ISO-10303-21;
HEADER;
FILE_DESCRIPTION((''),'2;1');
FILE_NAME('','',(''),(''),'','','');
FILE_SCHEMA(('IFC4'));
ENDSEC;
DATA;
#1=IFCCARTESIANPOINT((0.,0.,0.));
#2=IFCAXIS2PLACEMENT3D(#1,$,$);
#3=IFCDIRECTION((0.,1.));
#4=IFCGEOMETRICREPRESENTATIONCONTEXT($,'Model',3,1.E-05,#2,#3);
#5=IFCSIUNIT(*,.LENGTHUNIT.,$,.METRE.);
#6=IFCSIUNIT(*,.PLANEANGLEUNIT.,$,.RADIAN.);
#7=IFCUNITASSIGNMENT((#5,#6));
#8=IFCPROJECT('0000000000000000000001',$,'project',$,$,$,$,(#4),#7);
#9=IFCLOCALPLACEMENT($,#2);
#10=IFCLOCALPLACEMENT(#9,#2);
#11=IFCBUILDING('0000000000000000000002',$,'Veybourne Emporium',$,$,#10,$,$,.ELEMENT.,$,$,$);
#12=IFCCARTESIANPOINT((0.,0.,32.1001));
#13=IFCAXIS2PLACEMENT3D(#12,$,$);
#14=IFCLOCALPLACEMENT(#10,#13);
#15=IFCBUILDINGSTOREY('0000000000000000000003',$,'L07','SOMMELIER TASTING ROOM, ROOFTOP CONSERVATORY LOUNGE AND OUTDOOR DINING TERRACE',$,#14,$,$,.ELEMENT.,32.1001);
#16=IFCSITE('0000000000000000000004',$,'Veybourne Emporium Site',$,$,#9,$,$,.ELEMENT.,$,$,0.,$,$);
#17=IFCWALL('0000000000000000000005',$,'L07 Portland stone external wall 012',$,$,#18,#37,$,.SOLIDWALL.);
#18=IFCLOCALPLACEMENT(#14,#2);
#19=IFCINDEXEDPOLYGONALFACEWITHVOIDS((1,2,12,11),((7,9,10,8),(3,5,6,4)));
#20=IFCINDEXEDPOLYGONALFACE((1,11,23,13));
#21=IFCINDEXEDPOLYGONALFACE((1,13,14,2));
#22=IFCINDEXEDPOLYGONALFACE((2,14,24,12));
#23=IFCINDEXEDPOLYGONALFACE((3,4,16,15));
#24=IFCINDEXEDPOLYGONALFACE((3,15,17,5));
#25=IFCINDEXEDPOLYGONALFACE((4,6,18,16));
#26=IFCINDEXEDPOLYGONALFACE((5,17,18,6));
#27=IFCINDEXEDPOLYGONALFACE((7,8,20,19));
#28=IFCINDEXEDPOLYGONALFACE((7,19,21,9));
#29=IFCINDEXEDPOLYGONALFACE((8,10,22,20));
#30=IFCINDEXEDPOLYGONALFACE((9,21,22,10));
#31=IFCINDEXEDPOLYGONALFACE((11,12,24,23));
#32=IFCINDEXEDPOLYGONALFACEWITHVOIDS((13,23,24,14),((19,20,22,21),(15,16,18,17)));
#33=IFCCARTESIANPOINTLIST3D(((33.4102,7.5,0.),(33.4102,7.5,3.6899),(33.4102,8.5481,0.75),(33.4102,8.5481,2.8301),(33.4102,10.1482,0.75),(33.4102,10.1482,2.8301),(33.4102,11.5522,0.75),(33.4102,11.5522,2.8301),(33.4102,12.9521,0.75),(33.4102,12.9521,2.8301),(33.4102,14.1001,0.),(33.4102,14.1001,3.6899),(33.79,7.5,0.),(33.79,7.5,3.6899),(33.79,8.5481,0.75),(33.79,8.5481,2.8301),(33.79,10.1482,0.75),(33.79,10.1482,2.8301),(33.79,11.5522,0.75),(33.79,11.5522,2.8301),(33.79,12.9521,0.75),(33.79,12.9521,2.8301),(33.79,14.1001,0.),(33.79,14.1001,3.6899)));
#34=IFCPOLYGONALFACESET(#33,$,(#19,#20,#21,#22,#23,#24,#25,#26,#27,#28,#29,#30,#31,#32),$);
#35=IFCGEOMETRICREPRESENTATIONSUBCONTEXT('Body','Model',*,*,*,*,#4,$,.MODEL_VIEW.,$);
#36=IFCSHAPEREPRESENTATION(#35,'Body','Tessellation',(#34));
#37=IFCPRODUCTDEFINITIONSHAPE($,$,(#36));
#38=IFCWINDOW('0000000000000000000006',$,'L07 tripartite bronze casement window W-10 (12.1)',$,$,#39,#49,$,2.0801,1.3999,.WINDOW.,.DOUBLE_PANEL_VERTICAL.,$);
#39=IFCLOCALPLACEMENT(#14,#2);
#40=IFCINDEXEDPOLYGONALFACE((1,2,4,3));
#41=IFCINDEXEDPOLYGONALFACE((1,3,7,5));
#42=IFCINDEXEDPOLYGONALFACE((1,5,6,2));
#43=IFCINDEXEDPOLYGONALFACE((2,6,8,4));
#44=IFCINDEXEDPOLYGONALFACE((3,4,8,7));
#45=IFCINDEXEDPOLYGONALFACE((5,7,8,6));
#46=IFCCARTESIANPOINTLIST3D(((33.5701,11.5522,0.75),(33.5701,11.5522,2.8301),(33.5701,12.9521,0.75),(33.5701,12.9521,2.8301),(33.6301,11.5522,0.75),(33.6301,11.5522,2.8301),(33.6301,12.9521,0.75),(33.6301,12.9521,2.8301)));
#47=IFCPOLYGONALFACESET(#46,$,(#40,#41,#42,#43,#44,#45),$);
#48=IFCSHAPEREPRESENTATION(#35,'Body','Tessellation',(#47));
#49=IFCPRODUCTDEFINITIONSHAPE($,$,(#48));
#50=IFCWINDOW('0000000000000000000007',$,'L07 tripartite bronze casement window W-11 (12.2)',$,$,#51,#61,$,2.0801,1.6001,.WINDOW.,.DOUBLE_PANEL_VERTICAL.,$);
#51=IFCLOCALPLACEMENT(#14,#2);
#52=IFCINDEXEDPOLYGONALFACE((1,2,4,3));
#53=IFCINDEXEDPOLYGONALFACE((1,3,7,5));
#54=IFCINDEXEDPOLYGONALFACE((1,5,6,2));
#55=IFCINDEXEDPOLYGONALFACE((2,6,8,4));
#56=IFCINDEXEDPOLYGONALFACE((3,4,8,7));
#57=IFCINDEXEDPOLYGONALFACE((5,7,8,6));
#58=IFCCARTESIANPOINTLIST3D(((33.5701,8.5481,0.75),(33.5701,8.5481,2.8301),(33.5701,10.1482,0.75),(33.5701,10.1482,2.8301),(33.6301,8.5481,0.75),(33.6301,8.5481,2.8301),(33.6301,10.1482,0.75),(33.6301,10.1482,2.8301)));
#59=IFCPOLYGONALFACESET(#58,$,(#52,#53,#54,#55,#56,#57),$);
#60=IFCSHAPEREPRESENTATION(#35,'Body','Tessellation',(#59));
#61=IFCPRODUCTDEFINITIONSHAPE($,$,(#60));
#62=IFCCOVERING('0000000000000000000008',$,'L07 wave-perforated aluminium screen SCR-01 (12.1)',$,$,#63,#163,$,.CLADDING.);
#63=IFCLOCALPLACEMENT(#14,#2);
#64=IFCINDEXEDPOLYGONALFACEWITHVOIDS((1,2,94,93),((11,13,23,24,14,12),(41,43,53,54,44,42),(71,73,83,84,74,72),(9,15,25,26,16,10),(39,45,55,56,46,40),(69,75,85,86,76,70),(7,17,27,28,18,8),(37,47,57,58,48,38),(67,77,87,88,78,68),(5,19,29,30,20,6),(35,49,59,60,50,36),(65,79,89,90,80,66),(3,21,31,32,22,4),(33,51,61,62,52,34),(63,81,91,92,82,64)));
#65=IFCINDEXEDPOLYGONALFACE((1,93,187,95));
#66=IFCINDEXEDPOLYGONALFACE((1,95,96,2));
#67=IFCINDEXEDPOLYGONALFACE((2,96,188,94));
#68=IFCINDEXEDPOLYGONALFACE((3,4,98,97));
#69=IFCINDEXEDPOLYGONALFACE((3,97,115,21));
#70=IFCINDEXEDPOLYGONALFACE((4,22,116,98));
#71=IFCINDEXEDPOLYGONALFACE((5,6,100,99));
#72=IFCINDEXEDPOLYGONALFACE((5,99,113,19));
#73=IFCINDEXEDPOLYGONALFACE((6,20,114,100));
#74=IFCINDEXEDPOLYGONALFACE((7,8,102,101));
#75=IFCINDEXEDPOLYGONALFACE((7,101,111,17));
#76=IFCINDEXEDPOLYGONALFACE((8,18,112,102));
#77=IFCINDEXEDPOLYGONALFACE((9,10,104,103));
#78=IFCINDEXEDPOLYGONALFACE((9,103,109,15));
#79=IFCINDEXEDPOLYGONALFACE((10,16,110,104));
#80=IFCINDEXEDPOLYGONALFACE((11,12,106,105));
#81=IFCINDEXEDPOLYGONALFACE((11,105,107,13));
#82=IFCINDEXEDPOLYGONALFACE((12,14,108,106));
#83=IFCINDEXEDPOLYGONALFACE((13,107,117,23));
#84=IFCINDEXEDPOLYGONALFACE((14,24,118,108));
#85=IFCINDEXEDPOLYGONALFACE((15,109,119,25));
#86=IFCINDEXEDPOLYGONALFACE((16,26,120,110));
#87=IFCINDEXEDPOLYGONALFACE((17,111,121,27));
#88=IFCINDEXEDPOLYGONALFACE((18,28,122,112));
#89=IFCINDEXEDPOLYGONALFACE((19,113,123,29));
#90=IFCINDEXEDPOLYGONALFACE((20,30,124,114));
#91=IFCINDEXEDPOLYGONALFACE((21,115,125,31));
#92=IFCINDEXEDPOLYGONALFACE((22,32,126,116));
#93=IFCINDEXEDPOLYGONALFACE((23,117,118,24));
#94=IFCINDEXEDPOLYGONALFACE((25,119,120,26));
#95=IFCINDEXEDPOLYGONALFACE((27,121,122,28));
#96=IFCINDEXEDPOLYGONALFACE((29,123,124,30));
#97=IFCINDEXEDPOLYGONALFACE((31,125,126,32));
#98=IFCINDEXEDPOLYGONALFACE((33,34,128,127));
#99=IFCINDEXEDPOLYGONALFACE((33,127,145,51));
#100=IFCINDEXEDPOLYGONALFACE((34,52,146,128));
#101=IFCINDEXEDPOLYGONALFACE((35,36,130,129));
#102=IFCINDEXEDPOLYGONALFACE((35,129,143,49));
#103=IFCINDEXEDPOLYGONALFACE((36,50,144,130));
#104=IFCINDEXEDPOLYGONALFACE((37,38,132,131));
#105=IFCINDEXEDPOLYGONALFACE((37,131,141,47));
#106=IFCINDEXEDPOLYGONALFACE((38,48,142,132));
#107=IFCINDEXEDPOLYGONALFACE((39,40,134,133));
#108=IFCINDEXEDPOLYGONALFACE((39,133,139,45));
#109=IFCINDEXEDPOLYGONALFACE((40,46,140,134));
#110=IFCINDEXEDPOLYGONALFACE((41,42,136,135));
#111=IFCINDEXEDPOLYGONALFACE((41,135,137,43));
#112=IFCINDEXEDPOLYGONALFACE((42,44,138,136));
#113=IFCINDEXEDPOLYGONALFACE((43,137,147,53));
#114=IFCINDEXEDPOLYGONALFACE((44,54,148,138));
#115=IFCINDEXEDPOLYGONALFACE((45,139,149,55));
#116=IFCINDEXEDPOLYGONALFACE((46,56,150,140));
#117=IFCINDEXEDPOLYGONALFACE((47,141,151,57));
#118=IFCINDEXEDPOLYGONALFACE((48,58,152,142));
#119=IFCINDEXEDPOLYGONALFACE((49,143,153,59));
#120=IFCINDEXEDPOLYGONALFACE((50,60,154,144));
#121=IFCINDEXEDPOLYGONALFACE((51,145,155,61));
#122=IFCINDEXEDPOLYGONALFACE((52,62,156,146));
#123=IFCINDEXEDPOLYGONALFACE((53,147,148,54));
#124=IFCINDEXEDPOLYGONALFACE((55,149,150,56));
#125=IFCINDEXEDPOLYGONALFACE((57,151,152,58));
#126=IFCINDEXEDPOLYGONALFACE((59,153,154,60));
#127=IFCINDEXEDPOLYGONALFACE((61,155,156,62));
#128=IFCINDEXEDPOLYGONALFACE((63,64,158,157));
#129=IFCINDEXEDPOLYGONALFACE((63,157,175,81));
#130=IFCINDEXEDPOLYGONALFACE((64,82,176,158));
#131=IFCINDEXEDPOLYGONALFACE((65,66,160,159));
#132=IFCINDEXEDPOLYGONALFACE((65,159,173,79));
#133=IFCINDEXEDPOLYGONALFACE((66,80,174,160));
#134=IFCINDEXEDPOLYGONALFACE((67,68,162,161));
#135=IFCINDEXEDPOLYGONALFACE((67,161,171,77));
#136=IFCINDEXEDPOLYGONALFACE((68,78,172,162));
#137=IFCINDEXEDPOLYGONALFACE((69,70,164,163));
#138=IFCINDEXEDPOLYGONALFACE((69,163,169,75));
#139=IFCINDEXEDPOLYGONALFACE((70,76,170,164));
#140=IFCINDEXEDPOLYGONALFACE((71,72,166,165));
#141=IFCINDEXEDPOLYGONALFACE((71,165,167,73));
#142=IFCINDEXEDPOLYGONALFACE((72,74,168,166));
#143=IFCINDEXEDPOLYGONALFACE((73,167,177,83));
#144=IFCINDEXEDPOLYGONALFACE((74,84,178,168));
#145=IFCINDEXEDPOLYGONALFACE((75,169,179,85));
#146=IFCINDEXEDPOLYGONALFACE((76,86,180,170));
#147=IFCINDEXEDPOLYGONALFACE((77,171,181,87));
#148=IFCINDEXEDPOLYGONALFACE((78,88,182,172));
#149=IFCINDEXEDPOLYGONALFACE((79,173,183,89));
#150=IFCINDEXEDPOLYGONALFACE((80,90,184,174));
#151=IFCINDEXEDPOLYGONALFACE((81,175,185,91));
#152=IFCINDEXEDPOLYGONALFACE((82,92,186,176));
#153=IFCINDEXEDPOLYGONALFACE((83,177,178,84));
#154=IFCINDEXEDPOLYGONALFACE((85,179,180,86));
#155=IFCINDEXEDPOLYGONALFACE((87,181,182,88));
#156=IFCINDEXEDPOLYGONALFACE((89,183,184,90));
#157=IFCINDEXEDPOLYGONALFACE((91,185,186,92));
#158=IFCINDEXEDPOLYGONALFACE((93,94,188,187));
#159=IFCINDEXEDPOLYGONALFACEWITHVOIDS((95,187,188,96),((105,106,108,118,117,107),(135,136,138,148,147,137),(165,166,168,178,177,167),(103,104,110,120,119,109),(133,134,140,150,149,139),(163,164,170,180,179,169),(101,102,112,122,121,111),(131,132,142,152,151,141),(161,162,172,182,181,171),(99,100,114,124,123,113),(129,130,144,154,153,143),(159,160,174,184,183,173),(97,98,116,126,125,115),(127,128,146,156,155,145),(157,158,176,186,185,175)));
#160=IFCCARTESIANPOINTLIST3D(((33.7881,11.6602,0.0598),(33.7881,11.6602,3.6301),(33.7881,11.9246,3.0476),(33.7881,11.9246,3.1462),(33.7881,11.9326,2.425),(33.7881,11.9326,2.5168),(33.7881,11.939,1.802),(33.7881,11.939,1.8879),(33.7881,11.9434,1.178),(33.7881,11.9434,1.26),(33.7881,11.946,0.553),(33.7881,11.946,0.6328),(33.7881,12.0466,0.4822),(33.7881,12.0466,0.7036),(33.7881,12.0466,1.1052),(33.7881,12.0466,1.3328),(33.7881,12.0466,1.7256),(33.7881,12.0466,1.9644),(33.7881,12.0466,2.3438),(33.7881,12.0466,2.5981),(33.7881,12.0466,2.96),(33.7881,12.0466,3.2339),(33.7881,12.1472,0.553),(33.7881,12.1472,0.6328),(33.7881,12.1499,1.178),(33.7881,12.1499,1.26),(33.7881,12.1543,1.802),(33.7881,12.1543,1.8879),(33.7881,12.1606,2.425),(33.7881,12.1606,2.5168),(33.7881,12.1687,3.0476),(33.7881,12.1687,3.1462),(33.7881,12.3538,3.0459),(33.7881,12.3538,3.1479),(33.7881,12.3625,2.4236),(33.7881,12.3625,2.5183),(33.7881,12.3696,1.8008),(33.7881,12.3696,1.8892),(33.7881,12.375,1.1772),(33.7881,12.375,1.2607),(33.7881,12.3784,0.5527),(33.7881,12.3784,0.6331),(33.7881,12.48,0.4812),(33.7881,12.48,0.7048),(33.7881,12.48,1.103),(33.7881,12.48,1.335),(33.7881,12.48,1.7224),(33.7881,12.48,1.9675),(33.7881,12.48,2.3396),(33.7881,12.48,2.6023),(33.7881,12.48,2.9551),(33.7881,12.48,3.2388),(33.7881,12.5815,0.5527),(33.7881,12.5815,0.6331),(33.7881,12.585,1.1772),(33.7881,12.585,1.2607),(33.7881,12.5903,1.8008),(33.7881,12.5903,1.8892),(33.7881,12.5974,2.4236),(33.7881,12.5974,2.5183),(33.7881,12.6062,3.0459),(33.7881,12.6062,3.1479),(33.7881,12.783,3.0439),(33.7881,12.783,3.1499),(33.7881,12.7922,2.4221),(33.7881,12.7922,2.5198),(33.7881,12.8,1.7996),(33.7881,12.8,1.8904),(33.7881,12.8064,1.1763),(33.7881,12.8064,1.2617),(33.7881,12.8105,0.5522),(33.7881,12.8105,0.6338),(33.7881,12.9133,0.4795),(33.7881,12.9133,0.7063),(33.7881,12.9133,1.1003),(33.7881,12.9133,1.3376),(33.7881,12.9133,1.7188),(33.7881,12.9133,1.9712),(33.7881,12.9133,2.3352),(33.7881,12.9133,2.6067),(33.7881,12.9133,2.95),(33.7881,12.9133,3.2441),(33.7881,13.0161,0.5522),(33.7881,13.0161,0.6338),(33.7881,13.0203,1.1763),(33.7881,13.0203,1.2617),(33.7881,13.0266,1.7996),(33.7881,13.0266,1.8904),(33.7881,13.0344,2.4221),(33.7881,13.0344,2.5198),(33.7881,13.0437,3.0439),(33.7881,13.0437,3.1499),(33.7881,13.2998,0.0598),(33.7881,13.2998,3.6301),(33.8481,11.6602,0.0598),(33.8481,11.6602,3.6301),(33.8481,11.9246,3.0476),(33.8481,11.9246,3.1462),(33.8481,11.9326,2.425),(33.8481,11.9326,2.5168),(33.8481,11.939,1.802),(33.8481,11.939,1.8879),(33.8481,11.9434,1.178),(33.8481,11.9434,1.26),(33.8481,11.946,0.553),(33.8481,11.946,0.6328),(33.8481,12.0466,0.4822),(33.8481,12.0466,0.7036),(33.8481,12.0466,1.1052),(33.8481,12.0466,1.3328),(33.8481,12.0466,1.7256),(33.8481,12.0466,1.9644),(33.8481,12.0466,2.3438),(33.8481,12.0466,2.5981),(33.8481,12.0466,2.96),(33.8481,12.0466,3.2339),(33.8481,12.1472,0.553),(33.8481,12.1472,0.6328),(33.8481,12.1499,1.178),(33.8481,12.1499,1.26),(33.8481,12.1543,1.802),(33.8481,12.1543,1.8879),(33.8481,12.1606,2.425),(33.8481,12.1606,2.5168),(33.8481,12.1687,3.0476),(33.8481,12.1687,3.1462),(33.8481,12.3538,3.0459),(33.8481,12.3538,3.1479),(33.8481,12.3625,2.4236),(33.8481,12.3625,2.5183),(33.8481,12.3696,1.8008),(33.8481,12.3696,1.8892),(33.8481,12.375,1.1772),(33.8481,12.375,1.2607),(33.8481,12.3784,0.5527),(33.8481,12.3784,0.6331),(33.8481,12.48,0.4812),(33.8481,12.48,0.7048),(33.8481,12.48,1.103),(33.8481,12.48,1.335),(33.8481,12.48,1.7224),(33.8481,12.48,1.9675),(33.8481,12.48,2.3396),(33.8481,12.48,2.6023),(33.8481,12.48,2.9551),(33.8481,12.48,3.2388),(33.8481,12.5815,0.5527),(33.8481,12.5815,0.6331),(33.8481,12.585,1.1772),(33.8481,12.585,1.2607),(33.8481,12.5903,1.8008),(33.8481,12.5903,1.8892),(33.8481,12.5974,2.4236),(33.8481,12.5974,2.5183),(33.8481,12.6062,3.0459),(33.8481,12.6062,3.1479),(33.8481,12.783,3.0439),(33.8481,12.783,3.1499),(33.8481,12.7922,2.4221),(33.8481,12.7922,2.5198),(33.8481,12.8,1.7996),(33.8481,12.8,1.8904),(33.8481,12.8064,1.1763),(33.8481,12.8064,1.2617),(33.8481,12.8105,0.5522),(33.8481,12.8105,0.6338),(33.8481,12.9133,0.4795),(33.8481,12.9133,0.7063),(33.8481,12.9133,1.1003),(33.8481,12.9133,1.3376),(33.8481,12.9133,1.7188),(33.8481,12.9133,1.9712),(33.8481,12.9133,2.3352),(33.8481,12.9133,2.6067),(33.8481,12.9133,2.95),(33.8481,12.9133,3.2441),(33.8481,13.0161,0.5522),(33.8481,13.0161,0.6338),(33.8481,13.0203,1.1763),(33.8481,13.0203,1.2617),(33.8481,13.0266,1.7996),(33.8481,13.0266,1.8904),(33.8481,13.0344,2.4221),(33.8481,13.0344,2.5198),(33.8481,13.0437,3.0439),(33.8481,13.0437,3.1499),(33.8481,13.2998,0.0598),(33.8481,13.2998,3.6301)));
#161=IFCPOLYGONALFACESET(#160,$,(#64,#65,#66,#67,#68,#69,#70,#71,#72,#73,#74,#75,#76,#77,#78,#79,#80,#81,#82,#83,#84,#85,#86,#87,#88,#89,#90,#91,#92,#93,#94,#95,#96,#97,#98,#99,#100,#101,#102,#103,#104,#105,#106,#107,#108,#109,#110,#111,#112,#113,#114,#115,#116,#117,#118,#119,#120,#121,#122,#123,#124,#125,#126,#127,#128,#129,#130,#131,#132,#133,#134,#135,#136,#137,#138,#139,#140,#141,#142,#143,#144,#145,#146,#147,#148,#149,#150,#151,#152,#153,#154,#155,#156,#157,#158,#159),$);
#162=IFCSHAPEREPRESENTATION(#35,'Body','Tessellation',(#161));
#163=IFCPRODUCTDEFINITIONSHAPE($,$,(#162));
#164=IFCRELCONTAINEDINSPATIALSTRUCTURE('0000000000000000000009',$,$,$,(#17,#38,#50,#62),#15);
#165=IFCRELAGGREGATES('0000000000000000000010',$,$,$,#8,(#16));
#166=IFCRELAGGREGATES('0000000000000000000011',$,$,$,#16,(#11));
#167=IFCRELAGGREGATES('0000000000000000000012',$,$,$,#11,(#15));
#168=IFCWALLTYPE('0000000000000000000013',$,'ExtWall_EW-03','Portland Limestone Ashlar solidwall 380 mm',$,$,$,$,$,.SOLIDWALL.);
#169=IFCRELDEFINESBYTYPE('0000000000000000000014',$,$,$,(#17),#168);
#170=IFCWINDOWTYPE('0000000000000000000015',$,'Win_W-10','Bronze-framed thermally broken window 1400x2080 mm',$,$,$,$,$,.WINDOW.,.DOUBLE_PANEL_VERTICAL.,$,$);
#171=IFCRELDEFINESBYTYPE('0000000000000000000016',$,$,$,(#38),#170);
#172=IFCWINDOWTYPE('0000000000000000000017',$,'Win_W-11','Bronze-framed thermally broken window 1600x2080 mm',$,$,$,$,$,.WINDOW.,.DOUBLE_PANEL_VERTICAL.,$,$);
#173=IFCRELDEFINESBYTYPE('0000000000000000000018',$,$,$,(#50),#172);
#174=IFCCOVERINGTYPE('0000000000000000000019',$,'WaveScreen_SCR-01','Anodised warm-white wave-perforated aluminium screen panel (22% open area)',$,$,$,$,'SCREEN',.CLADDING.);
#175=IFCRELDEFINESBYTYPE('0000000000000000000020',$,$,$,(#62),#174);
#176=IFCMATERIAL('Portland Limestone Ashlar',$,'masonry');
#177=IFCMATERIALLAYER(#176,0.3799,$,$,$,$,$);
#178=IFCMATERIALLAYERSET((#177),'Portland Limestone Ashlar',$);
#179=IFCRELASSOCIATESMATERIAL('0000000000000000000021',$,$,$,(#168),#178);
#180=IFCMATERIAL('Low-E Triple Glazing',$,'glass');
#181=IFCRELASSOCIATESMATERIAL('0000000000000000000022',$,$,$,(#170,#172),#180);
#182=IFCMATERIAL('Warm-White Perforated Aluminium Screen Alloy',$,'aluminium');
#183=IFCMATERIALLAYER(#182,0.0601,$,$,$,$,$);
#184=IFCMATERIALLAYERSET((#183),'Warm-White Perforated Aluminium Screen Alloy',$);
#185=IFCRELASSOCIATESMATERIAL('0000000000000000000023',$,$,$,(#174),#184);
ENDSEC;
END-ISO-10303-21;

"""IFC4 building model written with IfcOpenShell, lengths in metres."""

from ifc_helpers import new_model, si_unit, direction, frame, frame_2d, origin, place, context, subcontext, project, spatial, polyline, rectangle, outline, extrude, material, layer, layer_set, type_object, element, fill, save


model = new_model("IFC4")

# Units and contexts
model_context = context("Model", 3, precision=1e-05, world=origin(), true_north=direction((0.0, 1.0)))
body_context = subcontext(model_context, "Body", "Model", "MODEL_VIEW")
ifc_project = project(units=[si_unit("LENGTHUNIT", "METRE"), si_unit("PLANEANGLEUNIT", "RADIAN")], contexts=[model_context])

# Site, building, storey
site_placement = place(None, origin())
site = spatial("IfcSite", under=ifc_project, at=site_placement, Name="Veybourne Emporium Site", CompositionType="ELEMENT", RefElevation=0.0)
building_placement = place(site_placement, origin())
building = spatial("IfcBuilding", under=site, at=building_placement, Name="Veybourne Emporium", CompositionType="ELEMENT")
storey_placement = place(building_placement, frame((0.0, 0.0, 32.1001)))
storey = spatial("IfcBuildingStorey", under=building, at=storey_placement, Name="L07", Description="SOMMELIER TASTING ROOM, ROOFTOP CONSERVATORY LOUNGE AND OUTDOOR DINING TERRACE", CompositionType="ELEMENT", Elevation=32.1001)

# Shared definitions
ifc_material_1 = material(Name="Low-E Triple Glazing", Category="glass")

# Wall, openings, windows
ifc_material_2 = material(Name="Portland Limestone Ashlar", Category="masonry")
ifc_layer_1 = layer(ifc_material_2, 0.3799)
ifc_layer_set_1 = layer_set([ifc_layer_1], Name="Portland Limestone Ashlar")
wall_type = type_object("IfcWallType", Name="ExtWall_EW-03", Description="Portland Limestone Ashlar solidwall 380 mm", PredefinedType="SOLIDWALL", material=ifc_layer_set_1)
wall_placement = place(storey_placement, frame((33.6001, 14.1001, 0.0), z_axis=(0.0, 0.0, 1.0), x_axis=(0.0, -1.0, 0.0)))
wall = element("IfcWall", 1, at=wall_placement, inside=storey, type_object=wall_type, Name="L07 Portland stone external wall 012", PredefinedType="SOLIDWALL", context=body_context, shape_type="SweptSolid", body=[
    extrude(rectangle(XDim=6.6001, YDim=0.3799, at=frame_2d((3.3, 0.0))), origin(), (0.0, 0.0, 1.0), 3.6899),
])
opening_1_placement = place(wall_placement, frame((1.1479, 0.0, 0.75)))
opening_1 = element("IfcOpeningElement", 2, at=opening_1_placement, cuts=wall, PredefinedType="OPENING", context=body_context, shape_type="SweptSolid", body=[
    extrude(rectangle(XDim=1.3999, YDim=2.0801, at=frame_2d((0.7, 1.04))), frame((0.0, 0.21, 0.0), z_axis=(0.0, -1.0, 0.0), x_axis=(1.0, 0.0, 0.0)), (0.0, 0.0, 1.0), 0.4199),
])
opening_2_placement = place(wall_placement, frame((3.9519, 0.0, 0.75)))
opening_2 = element("IfcOpeningElement", 3, at=opening_2_placement, cuts=wall, PredefinedType="OPENING", context=body_context, shape_type="SweptSolid", body=[
    extrude(rectangle(XDim=1.6001, YDim=2.0801, at=frame_2d((0.8, 1.04))), frame((0.0, 0.21, 0.0), z_axis=(0.0, -1.0, 0.0), x_axis=(1.0, 0.0, 0.0)), (0.0, 0.0, 1.0), 0.4199),
])
window_type_1 = type_object("IfcWindowType", Name="Win_W-10", Description="Bronze-framed thermally broken window 1400x2080 mm", PartitioningType="DOUBLE_PANEL_VERTICAL", PredefinedType="WINDOW", material=ifc_material_1)
window_1_placement = place(opening_1_placement, origin())
window_1 = element("IfcWindow", 4, at=window_1_placement, inside=storey, type_object=window_type_1, Name="L07 tripartite bronze casement window W-10 (12.1)", OverallHeight=2.0801, OverallWidth=1.3999, PartitioningType="DOUBLE_PANEL_VERTICAL", PredefinedType="WINDOW", context=body_context, shape_type="SweptSolid", body=[
    extrude(rectangle(XDim=1.3999, YDim=2.0801, at=frame_2d((0.7, 1.04))), frame((0.0, 0.03, 0.0), z_axis=(0.0, -1.0, 0.0), x_axis=(1.0, 0.0, 0.0)), (0.0, 0.0, 1.0), 0.0601),
])
fill(opening_1, window_1)
window_type_2 = type_object("IfcWindowType", Name="Win_W-11", Description="Bronze-framed thermally broken window 1600x2080 mm", PartitioningType="DOUBLE_PANEL_VERTICAL", PredefinedType="WINDOW", material=ifc_material_1)
window_2_placement = place(opening_2_placement, origin())
window_2 = element("IfcWindow", 5, at=window_2_placement, inside=storey, type_object=window_type_2, Name="L07 tripartite bronze casement window W-11 (12.2)", OverallHeight=2.0801, OverallWidth=1.6001, PartitioningType="DOUBLE_PANEL_VERTICAL", PredefinedType="WINDOW", context=body_context, shape_type="SweptSolid", body=[
    extrude(rectangle(XDim=1.6001, YDim=2.0801, at=frame_2d((0.8, 1.04))), frame((0.0, 0.03, 0.0), z_axis=(0.0, -1.0, 0.0), x_axis=(1.0, 0.0, 0.0)), (0.0, 0.0, 1.0), 0.0601),
])
fill(opening_2, window_2)

# Covering
ifc_material_3 = material(Name="Warm-White Perforated Aluminium Screen Alloy", Category="aluminium")
ifc_layer_2 = layer(ifc_material_3, 0.0601)
ifc_layer_set_2 = layer_set([ifc_layer_2], Name="Warm-White Perforated Aluminium Screen Alloy")
covering_type_1 = type_object("IfcCoveringType", Name="WaveScreen_SCR-01", Description="Anodised warm-white wave-perforated aluminium screen panel (22% open area)", ElementType="SCREEN", PredefinedType="CLADDING", material=ifc_layer_set_2)
covering_1_placement = place(storey_placement, frame((33.8481, 12.48, 1.845), z_axis=(-1.0, 0.0, 0.0), x_axis=(0.0, -1.0, 0.0)))
element("IfcCovering", 6, at=covering_1_placement, inside=storey, type_object=covering_type_1, Name="L07 wave-perforated aluminium screen SCR-01 (12.1)", PredefinedType="CLADDING", context=body_context, shape_type="SweptSolid", body=[
    extrude(outline(polyline([(-0.8198, -1.7852), (0.8198, -1.7852), (0.8198, 1.7852), (-0.8198, 1.7852), (-0.8198, -1.7852)]), holes=[polyline([(-0.4333, -1.1387), (-0.3306, -1.2112), (-0.3306, -1.2927), (-0.4333, -1.3655), (-0.5361, -1.2927), (-0.5361, -1.2112), (-0.4333, -1.1387)]), polyline([(-0.4333, -0.5073), (-0.3264, -0.5833), (-0.3264, -0.6687), (-0.4333, -0.7446), (-0.5403, -0.6687), (-0.5403, -0.5833), (-0.4333, -0.5073)]), polyline([(-0.4333, 0.1262), (-0.3201, 0.0454), (-0.3201, -0.0454), (-0.4333, -0.1262), (-0.5466, -0.0454), (-0.5466, 0.0454), (-0.4333, 0.1262)]), polyline([(-0.4333, 0.7617), (-0.3123, 0.6748), (-0.3123, 0.5771), (-0.4333, 0.4902), (-0.5544, 0.5771), (-0.5544, 0.6748), (-0.4333, 0.7617)]), polyline([(-0.4333, 1.3992), (-0.303, 1.3049), (-0.303, 1.199), (-0.4333, 1.105), (-0.5637, 1.199), (-0.5637, 1.3049), (-0.4333, 1.3992)]), polyline([(0.0, -1.1401), (0.1016, -1.2119), (0.1016, -1.2922), (0.0, -1.3638), (-0.1016, -1.2922), (-0.1016, -1.2119), (0.0, -1.1401)]), polyline([(0.0, -0.51), (0.105, -0.5842), (0.105, -0.6677), (0.0, -0.7419), (-0.105, -0.6677), (-0.105, -0.5842), (0.0, -0.51)]), polyline([(0.0, 0.1226), (0.1104, 0.0442), (0.1104, -0.0442), (0.0, -0.1226), (-0.1104, -0.0442), (-0.1104, 0.0442), (0.0, 0.1226)]), polyline([(0.0, 0.7573), (0.1174, 0.6733), (0.1174, 0.5786), (0.0, 0.4946), (-0.1174, 0.5786), (-0.1174, 0.6733), (0.0, 0.7573)]), polyline([(0.0, 1.3938), (0.1262, 1.303), (0.1262, 1.2009), (0.0, 1.1101), (-0.1262, 1.2009), (-0.1262, 1.303), (0.0, 1.3938)]), polyline([(0.4333, -1.1414), (0.5339, -1.2122), (0.5339, -1.292), (0.4333, -1.3628), (0.3328, -1.292), (0.3328, -1.2122), (0.4333, -1.1414)]), polyline([(0.4333, -0.5122), (0.5366, -0.585), (0.5366, -0.667), (0.4333, -0.7397), (0.3301, -0.667), (0.3301, -0.585), (0.4333, -0.5122)]), polyline([(0.4333, 0.1194), (0.541, 0.043), (0.541, -0.043), (0.4333, -0.1194), (0.3257, -0.043), (0.3257, 0.043), (0.4333, 0.1194)]), polyline([(0.4333, 0.7532), (0.5474, 0.6719), (0.5474, 0.5801), (0.4333, 0.4988), (0.3193, 0.5801), (0.3193, 0.6719), (0.4333, 0.7532)]), polyline([(0.4333, 1.3889), (0.5554, 1.3013), (0.5554, 1.2026), (0.4333, 1.115), (0.3113, 1.2026), (0.3113, 1.3013), (0.4333, 1.3889)])]), origin(), (0.0, 0.0, 1.0), 0.0601),
])

save(model, "model.ifc")
